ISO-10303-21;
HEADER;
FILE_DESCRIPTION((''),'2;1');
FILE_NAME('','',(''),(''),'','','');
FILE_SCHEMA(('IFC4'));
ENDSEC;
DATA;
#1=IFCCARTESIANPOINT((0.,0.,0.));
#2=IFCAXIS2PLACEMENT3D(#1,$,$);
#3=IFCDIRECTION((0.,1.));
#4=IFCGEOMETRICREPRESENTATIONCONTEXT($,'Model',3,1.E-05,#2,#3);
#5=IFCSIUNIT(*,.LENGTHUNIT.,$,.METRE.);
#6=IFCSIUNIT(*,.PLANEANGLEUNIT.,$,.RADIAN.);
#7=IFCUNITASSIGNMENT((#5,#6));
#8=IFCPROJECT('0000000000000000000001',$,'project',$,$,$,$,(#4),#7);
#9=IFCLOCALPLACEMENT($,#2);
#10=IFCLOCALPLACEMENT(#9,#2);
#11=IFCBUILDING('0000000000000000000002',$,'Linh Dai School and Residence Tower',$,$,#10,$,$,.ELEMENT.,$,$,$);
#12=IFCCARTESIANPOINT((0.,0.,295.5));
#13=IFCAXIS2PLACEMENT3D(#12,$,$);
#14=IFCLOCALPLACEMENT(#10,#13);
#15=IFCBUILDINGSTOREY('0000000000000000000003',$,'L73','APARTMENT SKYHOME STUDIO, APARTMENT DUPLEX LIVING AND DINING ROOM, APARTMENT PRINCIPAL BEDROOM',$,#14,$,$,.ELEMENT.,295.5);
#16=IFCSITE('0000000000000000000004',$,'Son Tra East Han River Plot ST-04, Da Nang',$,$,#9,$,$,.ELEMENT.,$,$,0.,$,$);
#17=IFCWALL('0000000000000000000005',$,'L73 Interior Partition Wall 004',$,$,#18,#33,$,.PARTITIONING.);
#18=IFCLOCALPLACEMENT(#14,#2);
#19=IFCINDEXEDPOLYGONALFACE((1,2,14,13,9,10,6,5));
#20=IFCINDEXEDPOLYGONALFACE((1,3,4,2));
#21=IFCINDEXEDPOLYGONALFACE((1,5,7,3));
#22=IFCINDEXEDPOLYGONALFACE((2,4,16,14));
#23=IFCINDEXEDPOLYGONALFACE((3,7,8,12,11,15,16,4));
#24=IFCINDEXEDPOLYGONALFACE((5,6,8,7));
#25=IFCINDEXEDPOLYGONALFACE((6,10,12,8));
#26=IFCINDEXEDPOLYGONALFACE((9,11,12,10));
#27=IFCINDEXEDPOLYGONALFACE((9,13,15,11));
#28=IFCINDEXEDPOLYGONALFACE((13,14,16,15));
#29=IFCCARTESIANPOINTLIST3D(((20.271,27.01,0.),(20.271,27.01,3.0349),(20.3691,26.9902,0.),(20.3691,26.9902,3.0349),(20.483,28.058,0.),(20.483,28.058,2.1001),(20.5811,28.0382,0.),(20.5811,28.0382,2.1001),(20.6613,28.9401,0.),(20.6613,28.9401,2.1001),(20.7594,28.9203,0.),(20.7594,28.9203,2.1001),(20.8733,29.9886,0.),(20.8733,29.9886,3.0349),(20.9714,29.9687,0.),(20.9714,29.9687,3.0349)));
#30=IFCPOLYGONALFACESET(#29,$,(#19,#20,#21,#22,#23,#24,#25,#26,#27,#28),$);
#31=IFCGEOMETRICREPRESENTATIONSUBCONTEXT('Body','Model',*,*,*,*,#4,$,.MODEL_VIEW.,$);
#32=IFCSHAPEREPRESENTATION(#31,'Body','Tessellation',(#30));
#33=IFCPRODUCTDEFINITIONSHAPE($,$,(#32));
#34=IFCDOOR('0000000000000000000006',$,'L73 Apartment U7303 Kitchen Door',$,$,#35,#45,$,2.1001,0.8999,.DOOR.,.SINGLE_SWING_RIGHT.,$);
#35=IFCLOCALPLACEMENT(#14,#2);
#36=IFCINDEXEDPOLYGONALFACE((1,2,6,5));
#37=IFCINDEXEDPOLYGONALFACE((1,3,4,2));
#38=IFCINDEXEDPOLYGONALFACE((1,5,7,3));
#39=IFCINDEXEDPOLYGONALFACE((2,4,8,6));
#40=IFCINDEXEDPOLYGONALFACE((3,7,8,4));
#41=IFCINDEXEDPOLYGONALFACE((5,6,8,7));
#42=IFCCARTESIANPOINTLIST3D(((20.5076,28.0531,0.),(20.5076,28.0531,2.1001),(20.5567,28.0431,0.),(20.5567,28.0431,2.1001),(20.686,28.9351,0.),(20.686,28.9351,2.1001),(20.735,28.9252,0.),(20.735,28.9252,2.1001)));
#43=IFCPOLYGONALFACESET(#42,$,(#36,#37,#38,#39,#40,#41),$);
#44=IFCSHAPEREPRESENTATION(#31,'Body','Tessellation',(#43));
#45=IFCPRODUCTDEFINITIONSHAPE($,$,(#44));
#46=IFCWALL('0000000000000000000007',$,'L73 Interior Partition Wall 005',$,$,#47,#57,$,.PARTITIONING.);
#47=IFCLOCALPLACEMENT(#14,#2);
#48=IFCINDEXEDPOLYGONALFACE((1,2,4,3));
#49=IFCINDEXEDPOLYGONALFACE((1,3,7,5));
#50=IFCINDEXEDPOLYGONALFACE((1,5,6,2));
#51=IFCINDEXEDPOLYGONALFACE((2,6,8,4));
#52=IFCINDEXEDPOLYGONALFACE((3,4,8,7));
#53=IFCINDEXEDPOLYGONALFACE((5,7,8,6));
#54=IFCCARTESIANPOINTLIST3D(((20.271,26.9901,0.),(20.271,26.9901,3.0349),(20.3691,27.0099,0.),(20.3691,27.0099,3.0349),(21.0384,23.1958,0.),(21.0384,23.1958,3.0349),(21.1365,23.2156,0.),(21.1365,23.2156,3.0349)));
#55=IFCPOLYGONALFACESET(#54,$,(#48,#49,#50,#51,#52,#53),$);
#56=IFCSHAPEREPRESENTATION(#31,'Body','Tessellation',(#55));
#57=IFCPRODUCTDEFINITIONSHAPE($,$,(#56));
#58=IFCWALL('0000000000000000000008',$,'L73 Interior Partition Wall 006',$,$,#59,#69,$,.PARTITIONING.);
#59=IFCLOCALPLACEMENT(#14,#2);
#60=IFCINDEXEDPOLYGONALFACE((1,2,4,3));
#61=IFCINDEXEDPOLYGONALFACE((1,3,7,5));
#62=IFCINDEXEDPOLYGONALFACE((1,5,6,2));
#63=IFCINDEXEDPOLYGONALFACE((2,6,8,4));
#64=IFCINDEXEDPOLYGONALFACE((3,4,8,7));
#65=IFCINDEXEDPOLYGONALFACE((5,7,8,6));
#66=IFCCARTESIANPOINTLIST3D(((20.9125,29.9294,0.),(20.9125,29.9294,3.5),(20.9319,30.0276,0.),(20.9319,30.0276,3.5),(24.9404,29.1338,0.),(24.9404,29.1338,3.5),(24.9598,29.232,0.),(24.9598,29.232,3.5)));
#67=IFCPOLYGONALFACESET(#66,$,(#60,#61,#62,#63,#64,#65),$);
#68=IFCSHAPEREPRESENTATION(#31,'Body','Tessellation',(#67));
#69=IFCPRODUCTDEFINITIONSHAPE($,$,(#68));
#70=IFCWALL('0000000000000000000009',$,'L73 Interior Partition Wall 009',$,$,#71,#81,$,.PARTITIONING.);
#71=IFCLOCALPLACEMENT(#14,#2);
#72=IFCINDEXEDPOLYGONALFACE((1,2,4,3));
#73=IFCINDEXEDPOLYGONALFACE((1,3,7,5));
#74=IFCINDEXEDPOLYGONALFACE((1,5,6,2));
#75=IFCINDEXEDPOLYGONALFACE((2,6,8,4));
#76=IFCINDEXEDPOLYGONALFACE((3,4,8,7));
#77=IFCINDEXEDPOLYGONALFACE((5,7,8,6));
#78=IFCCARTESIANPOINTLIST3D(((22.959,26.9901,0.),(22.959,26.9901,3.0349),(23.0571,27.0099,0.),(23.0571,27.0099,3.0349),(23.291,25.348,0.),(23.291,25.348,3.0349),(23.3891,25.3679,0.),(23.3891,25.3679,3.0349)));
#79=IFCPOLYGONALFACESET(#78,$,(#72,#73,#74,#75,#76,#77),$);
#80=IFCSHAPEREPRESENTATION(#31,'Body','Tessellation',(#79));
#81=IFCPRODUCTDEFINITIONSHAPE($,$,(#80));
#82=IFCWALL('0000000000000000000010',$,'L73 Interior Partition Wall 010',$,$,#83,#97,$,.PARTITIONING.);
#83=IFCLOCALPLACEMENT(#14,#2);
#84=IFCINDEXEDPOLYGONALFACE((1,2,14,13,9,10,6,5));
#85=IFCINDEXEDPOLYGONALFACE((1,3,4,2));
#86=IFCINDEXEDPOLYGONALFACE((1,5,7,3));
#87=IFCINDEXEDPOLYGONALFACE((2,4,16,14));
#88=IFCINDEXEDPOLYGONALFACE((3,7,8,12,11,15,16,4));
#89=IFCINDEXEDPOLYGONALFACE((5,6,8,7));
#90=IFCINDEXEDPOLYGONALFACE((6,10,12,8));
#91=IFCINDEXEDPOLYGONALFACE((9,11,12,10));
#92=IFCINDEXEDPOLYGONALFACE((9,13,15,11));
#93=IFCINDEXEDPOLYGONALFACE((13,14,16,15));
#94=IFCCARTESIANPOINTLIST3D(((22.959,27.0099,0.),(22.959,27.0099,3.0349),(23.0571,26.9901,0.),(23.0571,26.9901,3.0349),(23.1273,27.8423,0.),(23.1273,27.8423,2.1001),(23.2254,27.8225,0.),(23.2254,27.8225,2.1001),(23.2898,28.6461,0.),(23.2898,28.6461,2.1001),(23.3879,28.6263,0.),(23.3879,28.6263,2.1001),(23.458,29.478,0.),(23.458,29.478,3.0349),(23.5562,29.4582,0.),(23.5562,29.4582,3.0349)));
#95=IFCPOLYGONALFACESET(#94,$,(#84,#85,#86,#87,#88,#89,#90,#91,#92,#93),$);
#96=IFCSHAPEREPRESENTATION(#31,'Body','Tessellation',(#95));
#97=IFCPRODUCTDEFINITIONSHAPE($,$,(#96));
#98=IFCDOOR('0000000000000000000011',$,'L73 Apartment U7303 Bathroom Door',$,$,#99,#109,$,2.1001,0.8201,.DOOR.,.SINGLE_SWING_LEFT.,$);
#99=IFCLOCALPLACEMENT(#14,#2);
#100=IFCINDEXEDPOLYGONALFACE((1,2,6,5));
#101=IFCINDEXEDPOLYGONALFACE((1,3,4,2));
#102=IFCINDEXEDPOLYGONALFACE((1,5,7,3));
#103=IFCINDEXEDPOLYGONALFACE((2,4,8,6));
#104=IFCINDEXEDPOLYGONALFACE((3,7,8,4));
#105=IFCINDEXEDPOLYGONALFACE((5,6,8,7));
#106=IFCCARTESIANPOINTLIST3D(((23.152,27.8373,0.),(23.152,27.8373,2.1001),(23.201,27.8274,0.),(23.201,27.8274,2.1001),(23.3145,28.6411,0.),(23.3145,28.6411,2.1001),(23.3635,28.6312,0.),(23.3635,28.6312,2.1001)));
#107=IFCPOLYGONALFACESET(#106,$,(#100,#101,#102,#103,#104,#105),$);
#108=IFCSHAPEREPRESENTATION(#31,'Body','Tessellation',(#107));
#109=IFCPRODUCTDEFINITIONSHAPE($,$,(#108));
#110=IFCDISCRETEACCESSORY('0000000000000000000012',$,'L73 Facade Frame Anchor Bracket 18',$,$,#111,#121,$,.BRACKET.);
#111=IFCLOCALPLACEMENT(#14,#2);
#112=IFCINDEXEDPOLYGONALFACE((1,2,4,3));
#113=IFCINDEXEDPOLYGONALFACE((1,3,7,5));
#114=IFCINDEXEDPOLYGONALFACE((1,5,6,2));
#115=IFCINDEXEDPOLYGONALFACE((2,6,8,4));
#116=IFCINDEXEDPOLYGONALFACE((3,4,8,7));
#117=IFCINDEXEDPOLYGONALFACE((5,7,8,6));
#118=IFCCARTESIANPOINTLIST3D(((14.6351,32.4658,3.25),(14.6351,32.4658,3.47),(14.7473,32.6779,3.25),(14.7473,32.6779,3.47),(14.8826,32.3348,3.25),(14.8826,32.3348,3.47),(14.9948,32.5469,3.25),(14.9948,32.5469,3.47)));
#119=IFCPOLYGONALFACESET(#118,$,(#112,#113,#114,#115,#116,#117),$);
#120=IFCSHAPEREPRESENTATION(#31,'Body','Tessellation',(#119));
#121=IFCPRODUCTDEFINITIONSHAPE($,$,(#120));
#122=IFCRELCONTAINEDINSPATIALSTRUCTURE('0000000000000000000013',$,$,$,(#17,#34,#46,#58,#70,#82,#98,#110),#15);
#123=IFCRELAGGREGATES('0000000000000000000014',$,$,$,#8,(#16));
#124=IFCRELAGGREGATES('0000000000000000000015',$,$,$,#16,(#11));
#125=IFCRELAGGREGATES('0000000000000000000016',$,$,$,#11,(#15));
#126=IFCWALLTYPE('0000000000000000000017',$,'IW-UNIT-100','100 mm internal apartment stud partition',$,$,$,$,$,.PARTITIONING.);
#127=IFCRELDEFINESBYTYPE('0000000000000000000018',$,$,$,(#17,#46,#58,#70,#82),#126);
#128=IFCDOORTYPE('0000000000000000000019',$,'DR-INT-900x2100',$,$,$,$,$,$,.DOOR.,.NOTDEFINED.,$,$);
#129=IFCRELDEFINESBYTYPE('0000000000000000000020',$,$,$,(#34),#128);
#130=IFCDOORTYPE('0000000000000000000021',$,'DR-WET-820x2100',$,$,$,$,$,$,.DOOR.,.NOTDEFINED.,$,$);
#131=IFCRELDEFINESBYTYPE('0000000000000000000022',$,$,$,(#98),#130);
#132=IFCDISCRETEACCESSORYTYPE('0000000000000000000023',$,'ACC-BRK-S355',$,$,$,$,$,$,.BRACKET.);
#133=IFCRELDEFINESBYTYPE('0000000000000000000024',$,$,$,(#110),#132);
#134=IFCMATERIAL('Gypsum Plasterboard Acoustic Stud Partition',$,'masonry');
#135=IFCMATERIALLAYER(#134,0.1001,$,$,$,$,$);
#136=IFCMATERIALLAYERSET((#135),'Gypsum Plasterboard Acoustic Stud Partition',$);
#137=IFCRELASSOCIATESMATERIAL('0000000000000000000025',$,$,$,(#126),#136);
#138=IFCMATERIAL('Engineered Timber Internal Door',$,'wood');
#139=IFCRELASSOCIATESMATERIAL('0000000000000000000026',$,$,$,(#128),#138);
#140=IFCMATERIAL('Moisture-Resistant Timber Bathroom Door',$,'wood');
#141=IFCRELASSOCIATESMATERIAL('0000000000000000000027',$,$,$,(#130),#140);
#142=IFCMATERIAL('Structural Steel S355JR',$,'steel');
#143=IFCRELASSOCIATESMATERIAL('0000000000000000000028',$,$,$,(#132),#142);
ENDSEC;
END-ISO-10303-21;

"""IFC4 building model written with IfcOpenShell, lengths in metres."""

from ifc_helpers import new_model, si_unit, direction, frame, frame_2d, origin, origin_2d, place, context, subcontext, project, spatial, rectangle, extrude, source, transform, mapped, material, layer, layer_set, type_object, element, fill, save


model = new_model("IFC4")

# Units and contexts
model_context = context("Model", 3, precision=1e-05, world=origin(), true_north=direction((0.0, 1.0)))
body_context = subcontext(model_context, "Body", "Model", "MODEL_VIEW")
ifc_project = project(units=[si_unit("LENGTHUNIT", "METRE"), si_unit("PLANEANGLEUNIT", "RADIAN")], contexts=[model_context])

# Site, building, storey
site_placement = place(None, origin())
site = spatial("IfcSite", under=ifc_project, at=site_placement, Name="Son Tra East Han River Plot ST-04, Da Nang", CompositionType="ELEMENT", RefElevation=0.0)
building_placement = place(site_placement, origin())
building = spatial("IfcBuilding", under=site, at=building_placement, Name="Linh Dai School and Residence Tower", CompositionType="ELEMENT")
storey_placement = place(building_placement, frame((0.0, 0.0, 295.5)))
storey = spatial("IfcBuildingStorey", under=building, at=storey_placement, Name="L73", Description="APARTMENT SKYHOME STUDIO, APARTMENT DUPLEX LIVING AND DINING ROOM, APARTMENT PRINCIPAL BEDROOM", CompositionType="ELEMENT", Elevation=295.5)

# Shared definitions
ifc_material_1 = material(Name="Structural Steel S355JR", Category="steel")

# Wall, opening, door
ifc_material_2 = material(Name="Gypsum Plasterboard Acoustic Stud Partition", Category="masonry")
ifc_layer_1 = layer(ifc_material_2, 0.1001)
ifc_layer_set_1 = layer_set([ifc_layer_1], Name="Gypsum Plasterboard Acoustic Stud Partition")
wall_type_1 = type_object("IfcWallType", Name="IW-UNIT-100", Description="100 mm internal apartment stud partition", PredefinedType="PARTITIONING", material=ifc_layer_set_1)
wall_1_placement = place(storey_placement, frame((20.3201, 27.0, 0.0), z_axis=(0.0, 0.0, 1.0), x_axis=(0.198201, 0.980161, 0.0)))
wall_1 = element("IfcWall", 1, at=wall_1_placement, inside=storey, type_object=wall_type_1, Name="L73 Interior Partition Wall 004", PredefinedType="PARTITIONING", context=body_context, shape_type="SweptSolid", body=[
    extrude(rectangle(XDim=3.0388, YDim=0.1001, at=frame_2d((1.5195, 0.0))), origin(), (0.0, 0.0, 1.0), 3.0349),
])
opening_1_placement = place(wall_1_placement, frame((1.0693, 0.0, 0.0)))
opening_1 = element("IfcOpeningElement", 2, at=opening_1_placement, cuts=wall_1, PredefinedType="OPENING", context=body_context, shape_type="SweptSolid", body=[
    extrude(rectangle(XDim=0.8999, YDim=2.1001, at=origin_2d()), frame((0.45, 0.0601, 1.05), z_axis=(0.0, -1.0, 0.0), x_axis=(1.0, 0.0, 0.0)), (0.0, 0.0, 1.0), 0.1201),
])
ifc_material_3 = material(Name="Engineered Timber Internal Door", Category="wood")
door_type_1 = type_object("IfcDoorType", Name="DR-INT-900x2100", OperationType="NOTDEFINED", PredefinedType="DOOR", material=ifc_material_3)
shared_shape_1 = source(origin(), body_context, "Body", "SweptSolid", [
    extrude(rectangle(XDim=0.8999, YDim=2.1001, at=origin_2d()), frame((0.45, 0.0249, 1.05), z_axis=(0.0, -1.0, 0.0), x_axis=(1.0, 0.0, 0.0)), (0.0, 0.0, 1.0), 0.05),
])
door_1_placement = place(opening_1_placement, origin())
door_1 = element("IfcDoor", 3, at=door_1_placement, inside=storey, type_object=door_type_1, Name="L73 Apartment U7303 Kitchen Door", OperationType="SINGLE_SWING_RIGHT", OverallHeight=2.1001, OverallWidth=0.8999, PredefinedType="DOOR", context=body_context, shape_type="MappedRepresentation", body=[
    mapped(shared_shape_1, transform((0.0, 0.0, 0.0), x_axis=(1.0, 0.0, 0.0), y_axis=(0.0, 1.0, 0.0), z_axis=(0.0, 0.0, 1.0), scale=1.0)),
])
fill(opening_1, door_1)

# Walls
wall_2_placement = place(storey_placement, frame((20.3201, 27.0, 0.0), z_axis=(0.0, 0.0, 1.0), x_axis=(0.198226, -0.980156, 0.0)))
element("IfcWall", 4, at=wall_2_placement, inside=storey, type_object=wall_type_1, Name="L73 Interior Partition Wall 005", PredefinedType="PARTITIONING", context=body_context, shape_type="SweptSolid", body=[
    extrude(rectangle(XDim=3.8711, YDim=0.1001, at=frame_2d((1.9355, 0.0))), origin(), (0.0, 0.0, 1.0), 3.0349),
])
wall_3_placement = place(storey_placement, frame((20.9224, 29.9785, 0.0), z_axis=(0.0, 0.0, 1.0), x_axis=(0.981042, -0.193794, 0.0)))
element("IfcWall", 5, at=wall_3_placement, inside=storey, type_object=wall_type_1, Name="L73 Interior Partition Wall 006", PredefinedType="PARTITIONING", context=body_context, shape_type="SweptSolid", body=[
    extrude(rectangle(XDim=4.1057, YDim=0.1001, at=frame_2d((2.0527, 0.0))), origin(), (0.0, 0.0, 1.0), 3.5),
])
wall_4_placement = place(storey_placement, frame((23.0081, 27.0, 0.0), z_axis=(0.0, 0.0, 1.0), x_axis=(0.19819, -0.980164, 0.0)))
element("IfcWall", 6, at=wall_4_placement, inside=storey, type_object=wall_type_1, Name="L73 Interior Partition Wall 009", PredefinedType="PARTITIONING", context=body_context, shape_type="SweptSolid", body=[
    extrude(rectangle(XDim=1.6753, YDim=0.1001, at=frame_2d((0.8376, 0.0))), origin(), (0.0, 0.0, 1.0), 3.0349),
])

# Wall, opening, door
wall_5_placement = place(storey_placement, frame((23.0081, 27.0, 0.0), z_axis=(0.0, 0.0, 1.0), x_axis=(0.198185, 0.980165, 0.0)))
wall_5 = element("IfcWall", 7, at=wall_5_placement, inside=storey, type_object=wall_type_1, Name="L73 Interior Partition Wall 010", PredefinedType="PARTITIONING", context=body_context, shape_type="SweptSolid", body=[
    extrude(rectangle(XDim=2.5181, YDim=0.1001, at=frame_2d((1.259, 0.0))), origin(), (0.0, 0.0, 1.0), 3.0349),
])
opening_2_placement = place(wall_5_placement, frame((0.8491, 0.0, 0.0)))
opening_2 = element("IfcOpeningElement", 8, at=opening_2_placement, cuts=wall_5, PredefinedType="OPENING", context=body_context, shape_type="SweptSolid", body=[
    extrude(rectangle(XDim=0.8201, YDim=2.1001, at=origin_2d()), frame((0.4102, 0.0601, 1.05), z_axis=(0.0, -1.0, 0.0), x_axis=(1.0, 0.0, 0.0)), (0.0, 0.0, 1.0), 0.1201),
])
ifc_material_4 = material(Name="Moisture-Resistant Timber Bathroom Door", Category="wood")
door_type_2 = type_object("IfcDoorType", Name="DR-WET-820x2100", OperationType="NOTDEFINED", PredefinedType="DOOR", material=ifc_material_4)
shared_shape_2 = source(origin(), body_context, "Body", "SweptSolid", [
    extrude(rectangle(XDim=0.8201, YDim=2.1001, at=origin_2d()), frame((0.4102, 0.0249, 1.05), z_axis=(0.0, -1.0, 0.0), x_axis=(1.0, 0.0, 0.0)), (0.0, 0.0, 1.0), 0.05),
])
door_2_placement = place(opening_2_placement, origin())
door_2 = element("IfcDoor", 9, at=door_2_placement, inside=storey, type_object=door_type_2, Name="L73 Apartment U7303 Bathroom Door", OperationType="SINGLE_SWING_LEFT", OverallHeight=2.1001, OverallWidth=0.8201, PredefinedType="DOOR", context=body_context, shape_type="MappedRepresentation", body=[
    mapped(shared_shape_2, transform((0.0, 0.0, 0.0), x_axis=(1.0, 0.0, 0.0), y_axis=(0.0, 1.0, 0.0), z_axis=(0.0, 0.0, 1.0), scale=1.0)),
])
fill(opening_2, door_2)

# Discrete accessory
discrete_accessory_type = type_object("IfcDiscreteAccessoryType", Name="ACC-BRK-S355", PredefinedType="BRACKET", material=ifc_material_1)
shared_shape_3 = source(origin(), body_context, "Body", "SweptSolid", [
    extrude(rectangle(XDim=0.28, YDim=0.24, at=origin_2d()), origin(), (0.0, 0.0, 1.0), 0.22),
])
discrete_accessory_placement = place(storey_placement, frame((14.8149, 32.5063, 3.25), z_axis=(0.0, 0.0, 1.0), x_axis=(-0.883938, 0.467604, 0.0)))
element("IfcDiscreteAccessory", 10, at=discrete_accessory_placement, inside=storey, type_object=discrete_accessory_type, Name="L73 Facade Frame Anchor Bracket 18", PredefinedType="BRACKET", context=body_context, shape_type="MappedRepresentation", body=[
    mapped(shared_shape_3, transform((0.0, 0.0, 0.0), x_axis=(1.0, 0.0, 0.0), y_axis=(0.0, 1.0, 0.0), z_axis=(0.0, 0.0, 1.0), scale=1.0)),
])

save(model, "model.ifc")
